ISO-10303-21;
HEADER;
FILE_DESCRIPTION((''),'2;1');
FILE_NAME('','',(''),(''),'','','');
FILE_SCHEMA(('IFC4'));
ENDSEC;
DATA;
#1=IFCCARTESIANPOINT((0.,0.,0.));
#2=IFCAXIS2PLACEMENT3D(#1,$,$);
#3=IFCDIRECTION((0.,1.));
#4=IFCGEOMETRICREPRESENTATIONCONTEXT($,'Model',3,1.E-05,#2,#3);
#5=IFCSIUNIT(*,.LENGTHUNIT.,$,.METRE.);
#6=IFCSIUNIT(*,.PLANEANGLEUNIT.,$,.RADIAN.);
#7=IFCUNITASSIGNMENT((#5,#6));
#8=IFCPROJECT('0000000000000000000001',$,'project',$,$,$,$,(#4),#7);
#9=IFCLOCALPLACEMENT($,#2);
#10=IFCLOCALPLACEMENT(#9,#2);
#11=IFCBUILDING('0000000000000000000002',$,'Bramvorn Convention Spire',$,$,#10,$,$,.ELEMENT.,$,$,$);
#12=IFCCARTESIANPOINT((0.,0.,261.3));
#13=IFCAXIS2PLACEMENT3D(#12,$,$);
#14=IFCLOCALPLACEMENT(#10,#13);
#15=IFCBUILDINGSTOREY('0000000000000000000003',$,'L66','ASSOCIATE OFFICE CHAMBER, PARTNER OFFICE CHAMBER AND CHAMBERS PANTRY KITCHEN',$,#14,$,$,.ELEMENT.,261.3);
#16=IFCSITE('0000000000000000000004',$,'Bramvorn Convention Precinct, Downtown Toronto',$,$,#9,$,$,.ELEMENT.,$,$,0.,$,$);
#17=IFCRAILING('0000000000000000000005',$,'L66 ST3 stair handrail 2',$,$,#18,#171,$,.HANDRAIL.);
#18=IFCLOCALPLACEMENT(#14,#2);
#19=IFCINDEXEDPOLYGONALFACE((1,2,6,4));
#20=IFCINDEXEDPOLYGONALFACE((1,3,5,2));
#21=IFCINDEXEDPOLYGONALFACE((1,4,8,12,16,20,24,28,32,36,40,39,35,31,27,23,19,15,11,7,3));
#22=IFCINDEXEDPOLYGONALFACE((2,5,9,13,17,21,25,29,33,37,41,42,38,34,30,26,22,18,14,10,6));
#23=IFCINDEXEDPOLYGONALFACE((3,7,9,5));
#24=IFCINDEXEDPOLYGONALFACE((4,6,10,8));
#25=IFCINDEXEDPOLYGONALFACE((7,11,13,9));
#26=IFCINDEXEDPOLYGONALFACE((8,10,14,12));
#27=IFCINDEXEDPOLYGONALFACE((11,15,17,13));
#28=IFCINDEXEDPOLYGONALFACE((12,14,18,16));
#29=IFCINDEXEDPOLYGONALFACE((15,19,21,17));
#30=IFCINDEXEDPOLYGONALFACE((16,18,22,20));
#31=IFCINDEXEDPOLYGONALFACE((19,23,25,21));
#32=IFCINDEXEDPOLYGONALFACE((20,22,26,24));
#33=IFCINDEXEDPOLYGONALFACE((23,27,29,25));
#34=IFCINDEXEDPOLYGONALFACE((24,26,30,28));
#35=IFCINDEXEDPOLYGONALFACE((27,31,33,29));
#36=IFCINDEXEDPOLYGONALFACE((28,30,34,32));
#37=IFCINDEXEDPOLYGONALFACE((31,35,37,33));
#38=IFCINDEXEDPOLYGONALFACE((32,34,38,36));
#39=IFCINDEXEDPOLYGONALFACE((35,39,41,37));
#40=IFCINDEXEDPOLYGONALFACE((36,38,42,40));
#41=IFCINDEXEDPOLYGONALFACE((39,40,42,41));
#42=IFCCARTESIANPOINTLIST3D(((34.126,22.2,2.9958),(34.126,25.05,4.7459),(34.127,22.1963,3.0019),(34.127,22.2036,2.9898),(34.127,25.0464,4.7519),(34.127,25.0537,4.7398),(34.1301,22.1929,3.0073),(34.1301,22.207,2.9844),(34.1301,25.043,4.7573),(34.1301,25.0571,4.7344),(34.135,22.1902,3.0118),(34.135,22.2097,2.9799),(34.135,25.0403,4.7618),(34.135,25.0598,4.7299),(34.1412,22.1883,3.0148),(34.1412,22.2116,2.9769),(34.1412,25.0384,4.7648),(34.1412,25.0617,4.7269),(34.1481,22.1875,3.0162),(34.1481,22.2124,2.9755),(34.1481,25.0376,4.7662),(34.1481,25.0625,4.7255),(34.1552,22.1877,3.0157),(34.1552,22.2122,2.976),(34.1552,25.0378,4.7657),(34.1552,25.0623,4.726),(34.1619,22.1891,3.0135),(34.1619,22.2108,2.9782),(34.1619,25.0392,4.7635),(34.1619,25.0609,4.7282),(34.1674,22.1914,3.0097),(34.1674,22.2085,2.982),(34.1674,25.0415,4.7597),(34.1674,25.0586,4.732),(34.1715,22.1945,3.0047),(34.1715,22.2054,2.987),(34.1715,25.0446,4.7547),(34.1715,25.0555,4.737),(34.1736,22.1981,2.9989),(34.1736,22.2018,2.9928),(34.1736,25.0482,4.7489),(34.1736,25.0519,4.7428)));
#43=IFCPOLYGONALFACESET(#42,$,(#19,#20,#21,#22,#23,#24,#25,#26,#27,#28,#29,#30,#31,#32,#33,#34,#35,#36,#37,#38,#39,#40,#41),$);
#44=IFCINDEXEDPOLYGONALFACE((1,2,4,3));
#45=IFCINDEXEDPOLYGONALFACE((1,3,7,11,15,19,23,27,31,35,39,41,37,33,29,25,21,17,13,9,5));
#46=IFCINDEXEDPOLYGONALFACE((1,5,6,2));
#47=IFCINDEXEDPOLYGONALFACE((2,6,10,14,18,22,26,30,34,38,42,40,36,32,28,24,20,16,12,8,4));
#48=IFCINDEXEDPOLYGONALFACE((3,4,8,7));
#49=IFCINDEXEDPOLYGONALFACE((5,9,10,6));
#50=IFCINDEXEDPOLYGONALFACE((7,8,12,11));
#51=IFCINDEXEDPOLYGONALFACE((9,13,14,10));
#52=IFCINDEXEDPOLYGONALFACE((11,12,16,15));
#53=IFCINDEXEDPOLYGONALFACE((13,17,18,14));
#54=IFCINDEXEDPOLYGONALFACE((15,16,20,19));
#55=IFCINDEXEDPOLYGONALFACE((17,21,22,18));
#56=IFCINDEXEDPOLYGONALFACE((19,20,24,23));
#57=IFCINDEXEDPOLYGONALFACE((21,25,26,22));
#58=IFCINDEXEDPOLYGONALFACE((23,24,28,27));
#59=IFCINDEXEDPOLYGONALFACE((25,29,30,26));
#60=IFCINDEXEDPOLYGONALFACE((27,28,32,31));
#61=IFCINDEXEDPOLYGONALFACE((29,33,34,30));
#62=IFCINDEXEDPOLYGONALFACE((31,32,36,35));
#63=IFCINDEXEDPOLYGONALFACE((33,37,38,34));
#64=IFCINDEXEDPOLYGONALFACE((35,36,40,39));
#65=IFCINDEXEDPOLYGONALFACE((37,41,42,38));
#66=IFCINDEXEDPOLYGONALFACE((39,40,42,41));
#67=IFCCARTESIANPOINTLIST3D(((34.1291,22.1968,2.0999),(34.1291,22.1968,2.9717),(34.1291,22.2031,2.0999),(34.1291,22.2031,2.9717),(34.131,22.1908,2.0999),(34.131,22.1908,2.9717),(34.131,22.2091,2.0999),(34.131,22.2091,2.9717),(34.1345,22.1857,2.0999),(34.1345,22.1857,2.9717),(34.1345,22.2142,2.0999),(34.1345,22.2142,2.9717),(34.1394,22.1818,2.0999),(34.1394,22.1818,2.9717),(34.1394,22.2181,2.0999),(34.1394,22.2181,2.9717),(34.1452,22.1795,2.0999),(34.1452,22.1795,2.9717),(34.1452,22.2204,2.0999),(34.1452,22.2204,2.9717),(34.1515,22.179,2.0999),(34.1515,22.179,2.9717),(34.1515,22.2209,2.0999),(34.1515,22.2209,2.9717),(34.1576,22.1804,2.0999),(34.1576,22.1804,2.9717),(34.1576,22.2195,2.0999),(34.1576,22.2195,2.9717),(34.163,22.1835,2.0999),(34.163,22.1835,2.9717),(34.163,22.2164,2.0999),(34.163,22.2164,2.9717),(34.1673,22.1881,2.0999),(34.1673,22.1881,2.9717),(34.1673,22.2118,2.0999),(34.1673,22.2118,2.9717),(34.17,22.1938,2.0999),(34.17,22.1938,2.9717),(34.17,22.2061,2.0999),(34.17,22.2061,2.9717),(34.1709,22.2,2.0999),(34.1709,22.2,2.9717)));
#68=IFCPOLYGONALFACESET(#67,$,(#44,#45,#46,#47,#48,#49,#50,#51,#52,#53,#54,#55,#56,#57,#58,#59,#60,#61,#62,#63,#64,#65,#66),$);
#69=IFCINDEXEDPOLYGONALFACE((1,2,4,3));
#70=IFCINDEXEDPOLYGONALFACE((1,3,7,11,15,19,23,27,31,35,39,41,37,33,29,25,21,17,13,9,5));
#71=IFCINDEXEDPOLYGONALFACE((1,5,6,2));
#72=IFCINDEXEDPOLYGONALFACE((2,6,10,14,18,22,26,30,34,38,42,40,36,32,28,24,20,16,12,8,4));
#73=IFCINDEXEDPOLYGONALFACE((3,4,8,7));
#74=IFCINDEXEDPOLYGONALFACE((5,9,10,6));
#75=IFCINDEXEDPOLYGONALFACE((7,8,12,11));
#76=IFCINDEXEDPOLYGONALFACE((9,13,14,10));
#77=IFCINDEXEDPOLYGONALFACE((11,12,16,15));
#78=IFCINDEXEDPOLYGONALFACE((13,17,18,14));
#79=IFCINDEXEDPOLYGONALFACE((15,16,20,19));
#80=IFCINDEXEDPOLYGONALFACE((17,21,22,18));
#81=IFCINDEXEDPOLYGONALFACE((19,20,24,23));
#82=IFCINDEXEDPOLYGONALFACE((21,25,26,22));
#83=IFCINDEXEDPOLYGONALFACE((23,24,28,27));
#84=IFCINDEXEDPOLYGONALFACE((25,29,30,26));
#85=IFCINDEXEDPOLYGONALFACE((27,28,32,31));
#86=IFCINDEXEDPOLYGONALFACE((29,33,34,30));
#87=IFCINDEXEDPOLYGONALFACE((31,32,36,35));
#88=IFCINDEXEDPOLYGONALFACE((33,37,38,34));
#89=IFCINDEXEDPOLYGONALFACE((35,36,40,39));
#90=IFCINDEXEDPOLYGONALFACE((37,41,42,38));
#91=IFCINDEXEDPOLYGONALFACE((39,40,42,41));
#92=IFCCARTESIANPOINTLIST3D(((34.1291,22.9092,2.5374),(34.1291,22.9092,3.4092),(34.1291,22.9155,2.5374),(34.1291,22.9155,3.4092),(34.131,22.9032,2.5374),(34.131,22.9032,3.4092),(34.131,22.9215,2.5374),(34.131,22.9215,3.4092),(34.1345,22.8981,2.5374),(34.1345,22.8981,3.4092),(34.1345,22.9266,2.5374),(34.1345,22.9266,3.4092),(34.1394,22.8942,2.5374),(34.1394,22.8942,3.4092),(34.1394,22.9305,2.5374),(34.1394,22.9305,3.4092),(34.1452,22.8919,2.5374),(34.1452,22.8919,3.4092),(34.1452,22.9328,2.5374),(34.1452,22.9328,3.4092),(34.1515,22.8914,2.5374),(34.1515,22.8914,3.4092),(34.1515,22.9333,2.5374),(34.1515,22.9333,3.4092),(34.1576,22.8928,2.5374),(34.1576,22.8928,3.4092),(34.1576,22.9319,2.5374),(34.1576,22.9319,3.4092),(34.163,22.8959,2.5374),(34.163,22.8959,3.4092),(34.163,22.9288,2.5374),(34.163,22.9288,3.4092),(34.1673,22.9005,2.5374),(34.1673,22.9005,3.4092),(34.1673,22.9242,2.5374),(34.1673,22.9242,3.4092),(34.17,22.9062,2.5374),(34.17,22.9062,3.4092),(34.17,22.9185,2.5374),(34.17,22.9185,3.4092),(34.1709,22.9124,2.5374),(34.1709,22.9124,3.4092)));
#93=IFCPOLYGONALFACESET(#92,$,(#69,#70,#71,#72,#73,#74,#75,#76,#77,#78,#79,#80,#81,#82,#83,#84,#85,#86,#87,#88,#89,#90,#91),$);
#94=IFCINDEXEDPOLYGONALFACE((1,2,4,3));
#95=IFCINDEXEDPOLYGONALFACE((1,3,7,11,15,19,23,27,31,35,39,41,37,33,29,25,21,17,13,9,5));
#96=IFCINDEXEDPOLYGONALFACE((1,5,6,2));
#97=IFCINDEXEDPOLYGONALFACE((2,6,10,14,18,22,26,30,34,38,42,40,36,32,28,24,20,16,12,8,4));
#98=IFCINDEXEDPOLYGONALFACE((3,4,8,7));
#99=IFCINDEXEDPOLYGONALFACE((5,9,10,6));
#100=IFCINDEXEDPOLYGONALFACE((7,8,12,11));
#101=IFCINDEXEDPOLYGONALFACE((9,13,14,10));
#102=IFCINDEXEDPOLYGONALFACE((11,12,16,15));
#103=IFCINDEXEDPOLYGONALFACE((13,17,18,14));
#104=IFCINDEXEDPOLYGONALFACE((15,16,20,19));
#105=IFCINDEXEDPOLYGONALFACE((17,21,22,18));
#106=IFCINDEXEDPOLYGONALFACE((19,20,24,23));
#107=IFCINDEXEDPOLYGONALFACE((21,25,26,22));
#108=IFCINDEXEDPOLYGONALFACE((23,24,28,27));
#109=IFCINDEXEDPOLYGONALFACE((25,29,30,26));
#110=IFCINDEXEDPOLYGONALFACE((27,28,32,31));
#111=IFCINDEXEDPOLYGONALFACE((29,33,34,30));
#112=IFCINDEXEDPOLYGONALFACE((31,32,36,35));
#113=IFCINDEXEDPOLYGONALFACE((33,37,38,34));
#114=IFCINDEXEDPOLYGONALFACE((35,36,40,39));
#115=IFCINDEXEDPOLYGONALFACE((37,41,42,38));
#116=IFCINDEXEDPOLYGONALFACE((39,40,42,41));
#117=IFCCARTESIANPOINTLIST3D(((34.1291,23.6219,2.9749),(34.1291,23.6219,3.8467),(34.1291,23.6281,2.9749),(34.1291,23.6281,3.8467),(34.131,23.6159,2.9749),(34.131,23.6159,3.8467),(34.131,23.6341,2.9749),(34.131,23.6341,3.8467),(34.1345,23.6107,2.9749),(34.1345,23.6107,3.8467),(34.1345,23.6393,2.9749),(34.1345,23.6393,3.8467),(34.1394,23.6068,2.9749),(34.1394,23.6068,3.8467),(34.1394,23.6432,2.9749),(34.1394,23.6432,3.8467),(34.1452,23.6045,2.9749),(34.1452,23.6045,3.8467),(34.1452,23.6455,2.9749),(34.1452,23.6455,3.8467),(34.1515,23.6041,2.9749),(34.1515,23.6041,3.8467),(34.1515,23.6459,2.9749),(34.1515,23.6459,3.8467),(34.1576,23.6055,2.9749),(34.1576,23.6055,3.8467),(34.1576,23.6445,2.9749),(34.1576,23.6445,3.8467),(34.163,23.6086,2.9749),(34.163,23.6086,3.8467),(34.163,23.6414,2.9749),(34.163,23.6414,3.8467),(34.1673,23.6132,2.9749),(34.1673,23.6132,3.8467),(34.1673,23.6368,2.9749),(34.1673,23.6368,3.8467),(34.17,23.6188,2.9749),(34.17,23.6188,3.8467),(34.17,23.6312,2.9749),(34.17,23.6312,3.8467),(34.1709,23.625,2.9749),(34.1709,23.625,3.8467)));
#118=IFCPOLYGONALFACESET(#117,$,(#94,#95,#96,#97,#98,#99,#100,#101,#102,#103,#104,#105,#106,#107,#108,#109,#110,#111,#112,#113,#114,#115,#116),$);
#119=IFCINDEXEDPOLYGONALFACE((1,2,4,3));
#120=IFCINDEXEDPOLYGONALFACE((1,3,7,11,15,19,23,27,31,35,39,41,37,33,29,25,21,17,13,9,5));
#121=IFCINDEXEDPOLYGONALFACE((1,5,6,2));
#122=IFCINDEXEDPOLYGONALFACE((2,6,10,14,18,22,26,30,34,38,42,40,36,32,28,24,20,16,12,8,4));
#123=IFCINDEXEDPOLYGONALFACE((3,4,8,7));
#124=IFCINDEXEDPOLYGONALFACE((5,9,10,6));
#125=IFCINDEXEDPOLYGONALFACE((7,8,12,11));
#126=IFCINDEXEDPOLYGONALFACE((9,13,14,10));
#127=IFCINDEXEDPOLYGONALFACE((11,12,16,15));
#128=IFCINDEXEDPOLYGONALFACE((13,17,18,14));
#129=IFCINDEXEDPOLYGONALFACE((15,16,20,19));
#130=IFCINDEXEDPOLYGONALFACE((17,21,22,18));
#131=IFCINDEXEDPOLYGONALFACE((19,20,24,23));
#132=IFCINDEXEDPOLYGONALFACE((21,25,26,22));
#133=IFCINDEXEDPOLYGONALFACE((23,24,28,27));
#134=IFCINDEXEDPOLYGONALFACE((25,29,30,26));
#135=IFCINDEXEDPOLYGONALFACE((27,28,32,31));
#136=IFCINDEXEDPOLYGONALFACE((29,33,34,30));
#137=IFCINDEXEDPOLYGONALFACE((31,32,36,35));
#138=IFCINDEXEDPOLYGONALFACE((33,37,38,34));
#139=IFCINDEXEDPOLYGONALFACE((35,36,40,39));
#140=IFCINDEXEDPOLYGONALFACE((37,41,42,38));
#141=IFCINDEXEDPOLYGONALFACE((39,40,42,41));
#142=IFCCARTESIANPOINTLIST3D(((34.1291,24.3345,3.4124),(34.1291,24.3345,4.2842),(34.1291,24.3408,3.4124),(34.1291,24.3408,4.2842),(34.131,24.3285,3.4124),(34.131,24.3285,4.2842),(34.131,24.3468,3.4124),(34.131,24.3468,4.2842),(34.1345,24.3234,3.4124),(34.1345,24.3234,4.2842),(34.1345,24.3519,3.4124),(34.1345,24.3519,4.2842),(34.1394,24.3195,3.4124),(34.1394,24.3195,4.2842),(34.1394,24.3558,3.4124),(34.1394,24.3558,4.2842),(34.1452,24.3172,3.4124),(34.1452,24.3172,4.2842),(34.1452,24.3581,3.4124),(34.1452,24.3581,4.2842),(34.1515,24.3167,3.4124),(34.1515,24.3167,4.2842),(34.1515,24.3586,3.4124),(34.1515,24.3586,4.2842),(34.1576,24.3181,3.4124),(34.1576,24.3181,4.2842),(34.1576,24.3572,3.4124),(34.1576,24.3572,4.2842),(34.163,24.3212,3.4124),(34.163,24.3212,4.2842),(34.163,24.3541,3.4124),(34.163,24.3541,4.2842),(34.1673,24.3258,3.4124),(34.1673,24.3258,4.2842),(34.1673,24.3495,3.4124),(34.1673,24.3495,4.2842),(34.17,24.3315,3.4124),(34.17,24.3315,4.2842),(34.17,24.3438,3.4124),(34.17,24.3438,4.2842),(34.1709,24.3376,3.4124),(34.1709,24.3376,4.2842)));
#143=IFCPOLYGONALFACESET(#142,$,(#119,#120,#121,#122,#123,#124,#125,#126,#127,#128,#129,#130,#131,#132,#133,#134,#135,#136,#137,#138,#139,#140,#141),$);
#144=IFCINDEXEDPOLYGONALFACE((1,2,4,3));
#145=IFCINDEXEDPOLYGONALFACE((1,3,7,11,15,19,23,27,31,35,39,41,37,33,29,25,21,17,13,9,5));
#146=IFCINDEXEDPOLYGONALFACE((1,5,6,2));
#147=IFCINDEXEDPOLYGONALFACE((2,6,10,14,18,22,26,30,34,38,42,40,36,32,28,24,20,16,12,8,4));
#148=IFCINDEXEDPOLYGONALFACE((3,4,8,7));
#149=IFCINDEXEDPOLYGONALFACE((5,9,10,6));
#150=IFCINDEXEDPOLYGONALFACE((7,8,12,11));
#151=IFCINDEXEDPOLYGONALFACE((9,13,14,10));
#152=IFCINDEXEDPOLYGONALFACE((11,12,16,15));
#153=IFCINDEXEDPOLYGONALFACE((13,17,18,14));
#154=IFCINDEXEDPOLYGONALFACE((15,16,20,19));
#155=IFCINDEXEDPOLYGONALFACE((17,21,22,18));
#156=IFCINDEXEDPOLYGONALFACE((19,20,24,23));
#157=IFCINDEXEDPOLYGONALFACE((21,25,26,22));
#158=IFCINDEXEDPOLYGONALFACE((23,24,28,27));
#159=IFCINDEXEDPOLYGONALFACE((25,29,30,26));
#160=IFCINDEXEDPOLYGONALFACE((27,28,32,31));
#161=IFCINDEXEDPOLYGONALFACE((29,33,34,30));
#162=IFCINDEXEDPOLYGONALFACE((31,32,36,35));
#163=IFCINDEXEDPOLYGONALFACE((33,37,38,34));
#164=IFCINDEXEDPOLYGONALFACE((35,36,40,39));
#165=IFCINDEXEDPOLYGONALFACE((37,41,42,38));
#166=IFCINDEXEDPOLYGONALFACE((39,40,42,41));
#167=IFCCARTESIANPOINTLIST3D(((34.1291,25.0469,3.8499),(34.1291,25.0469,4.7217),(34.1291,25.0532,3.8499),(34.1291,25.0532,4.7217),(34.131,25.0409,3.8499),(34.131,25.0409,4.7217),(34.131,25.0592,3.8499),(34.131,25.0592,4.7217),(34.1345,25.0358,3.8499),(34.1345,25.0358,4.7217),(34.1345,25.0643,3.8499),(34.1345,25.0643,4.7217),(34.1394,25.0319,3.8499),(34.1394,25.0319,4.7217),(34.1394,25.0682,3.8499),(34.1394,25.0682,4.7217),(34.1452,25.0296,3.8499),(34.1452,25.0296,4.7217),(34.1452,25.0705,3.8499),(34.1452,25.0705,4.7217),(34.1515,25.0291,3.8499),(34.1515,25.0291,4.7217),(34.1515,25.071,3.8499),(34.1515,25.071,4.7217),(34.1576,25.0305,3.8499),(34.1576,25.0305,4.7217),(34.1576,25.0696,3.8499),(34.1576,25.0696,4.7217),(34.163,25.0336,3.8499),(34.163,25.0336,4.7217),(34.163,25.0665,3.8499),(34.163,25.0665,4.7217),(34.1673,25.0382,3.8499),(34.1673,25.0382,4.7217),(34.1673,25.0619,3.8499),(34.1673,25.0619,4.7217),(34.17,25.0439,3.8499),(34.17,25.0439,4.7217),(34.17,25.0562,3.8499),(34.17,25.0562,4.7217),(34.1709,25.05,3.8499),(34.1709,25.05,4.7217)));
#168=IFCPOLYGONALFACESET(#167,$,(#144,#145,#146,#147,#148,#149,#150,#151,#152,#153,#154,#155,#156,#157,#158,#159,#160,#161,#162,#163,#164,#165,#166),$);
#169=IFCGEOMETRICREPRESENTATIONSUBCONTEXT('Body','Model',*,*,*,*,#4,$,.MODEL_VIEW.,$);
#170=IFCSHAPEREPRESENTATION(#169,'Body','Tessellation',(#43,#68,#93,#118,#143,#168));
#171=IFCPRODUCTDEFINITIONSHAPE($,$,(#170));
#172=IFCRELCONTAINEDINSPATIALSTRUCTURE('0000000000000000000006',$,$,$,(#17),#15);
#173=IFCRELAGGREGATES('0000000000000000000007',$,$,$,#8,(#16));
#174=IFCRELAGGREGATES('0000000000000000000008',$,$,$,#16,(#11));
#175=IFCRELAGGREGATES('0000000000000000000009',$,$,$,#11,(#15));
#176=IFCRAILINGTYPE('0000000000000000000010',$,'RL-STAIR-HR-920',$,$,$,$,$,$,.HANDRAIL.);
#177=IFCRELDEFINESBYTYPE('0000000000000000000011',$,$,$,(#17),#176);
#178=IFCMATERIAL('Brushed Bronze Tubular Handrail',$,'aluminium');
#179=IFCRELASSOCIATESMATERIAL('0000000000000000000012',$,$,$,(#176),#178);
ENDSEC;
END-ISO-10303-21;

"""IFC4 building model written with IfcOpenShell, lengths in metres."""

from ifc_helpers import new_model, si_unit, direction, frame, origin, origin_2d, place, context, subcontext, project, spatial, circle, extrude, material, type_object, element, save


model = new_model("IFC4")

# Units and contexts
model_context = context("Model", 3, precision=1e-05, world=origin(), true_north=direction((0.0, 1.0)))
body_context = subcontext(model_context, "Body", "Model", "MODEL_VIEW")
ifc_project = project(units=[si_unit("LENGTHUNIT", "METRE"), si_unit("PLANEANGLEUNIT", "RADIAN")], contexts=[model_context])

# Site, building, storey
site_placement = place(None, origin())
site = spatial("IfcSite", under=ifc_project, at=site_placement, Name="Bramvorn Convention Precinct, Downtown Toronto", CompositionType="ELEMENT", RefElevation=0.0)
building_placement = place(site_placement, origin())
building = spatial("IfcBuilding", under=site, at=building_placement, Name="Bramvorn Convention Spire", CompositionType="ELEMENT")
storey_placement = place(building_placement, frame((0.0, 0.0, 261.3)))
storey = spatial("IfcBuildingStorey", under=building, at=storey_placement, Name="L66", Description="ASSOCIATE OFFICE CHAMBER, PARTNER OFFICE CHAMBER AND CHAMBERS PANTRY KITCHEN", CompositionType="ELEMENT", Elevation=261.3)

# Railing
ifc_material_1 = material(Name="Brushed Bronze Tubular Handrail", Category="aluminium")
railing_type_1 = type_object("IfcRailingType", Name="RL-STAIR-HR-920", PredefinedType="HANDRAIL", material=ifc_material_1)
railing_1_placement = place(storey_placement, frame((34.1499, 22.2, 2.0999)))
element("IfcRailing", 1, at=railing_1_placement, inside=storey, type_object=railing_type_1, Name="L66 ST3 stair handrail 2", PredefinedType="HANDRAIL", context=body_context, shape_type="SweptSolid", body=[
    extrude(circle(Radius=0.0239, at=origin_2d()), frame((0.0, 0.0, 0.896), z_axis=(0.0, 0.852179, 0.52325), x_axis=(-1.0, 0.0, 0.0)), (0.0, 0.0, 1.0), 3.3445),
    extrude(circle(Radius=0.021, at=origin_2d()), origin(), (0.0, 0.0, 1.0), 0.8718),
    extrude(circle(Radius=0.021, at=origin_2d()), frame((0.0, 0.7124, 0.4375)), (0.0, 0.0, 1.0), 0.8718),
    extrude(circle(Radius=0.021, at=origin_2d()), frame((0.0, 1.425, 0.875)), (0.0, 0.0, 1.0), 0.8718),
    extrude(circle(Radius=0.021, at=origin_2d()), frame((0.0, 2.1377, 1.3125)), (0.0, 0.0, 1.0), 0.8718),
    extrude(circle(Radius=0.021, at=origin_2d()), frame((0.0, 2.8501, 1.75)), (0.0, 0.0, 1.0), 0.8718),
])

save(model, "model.ifc")
